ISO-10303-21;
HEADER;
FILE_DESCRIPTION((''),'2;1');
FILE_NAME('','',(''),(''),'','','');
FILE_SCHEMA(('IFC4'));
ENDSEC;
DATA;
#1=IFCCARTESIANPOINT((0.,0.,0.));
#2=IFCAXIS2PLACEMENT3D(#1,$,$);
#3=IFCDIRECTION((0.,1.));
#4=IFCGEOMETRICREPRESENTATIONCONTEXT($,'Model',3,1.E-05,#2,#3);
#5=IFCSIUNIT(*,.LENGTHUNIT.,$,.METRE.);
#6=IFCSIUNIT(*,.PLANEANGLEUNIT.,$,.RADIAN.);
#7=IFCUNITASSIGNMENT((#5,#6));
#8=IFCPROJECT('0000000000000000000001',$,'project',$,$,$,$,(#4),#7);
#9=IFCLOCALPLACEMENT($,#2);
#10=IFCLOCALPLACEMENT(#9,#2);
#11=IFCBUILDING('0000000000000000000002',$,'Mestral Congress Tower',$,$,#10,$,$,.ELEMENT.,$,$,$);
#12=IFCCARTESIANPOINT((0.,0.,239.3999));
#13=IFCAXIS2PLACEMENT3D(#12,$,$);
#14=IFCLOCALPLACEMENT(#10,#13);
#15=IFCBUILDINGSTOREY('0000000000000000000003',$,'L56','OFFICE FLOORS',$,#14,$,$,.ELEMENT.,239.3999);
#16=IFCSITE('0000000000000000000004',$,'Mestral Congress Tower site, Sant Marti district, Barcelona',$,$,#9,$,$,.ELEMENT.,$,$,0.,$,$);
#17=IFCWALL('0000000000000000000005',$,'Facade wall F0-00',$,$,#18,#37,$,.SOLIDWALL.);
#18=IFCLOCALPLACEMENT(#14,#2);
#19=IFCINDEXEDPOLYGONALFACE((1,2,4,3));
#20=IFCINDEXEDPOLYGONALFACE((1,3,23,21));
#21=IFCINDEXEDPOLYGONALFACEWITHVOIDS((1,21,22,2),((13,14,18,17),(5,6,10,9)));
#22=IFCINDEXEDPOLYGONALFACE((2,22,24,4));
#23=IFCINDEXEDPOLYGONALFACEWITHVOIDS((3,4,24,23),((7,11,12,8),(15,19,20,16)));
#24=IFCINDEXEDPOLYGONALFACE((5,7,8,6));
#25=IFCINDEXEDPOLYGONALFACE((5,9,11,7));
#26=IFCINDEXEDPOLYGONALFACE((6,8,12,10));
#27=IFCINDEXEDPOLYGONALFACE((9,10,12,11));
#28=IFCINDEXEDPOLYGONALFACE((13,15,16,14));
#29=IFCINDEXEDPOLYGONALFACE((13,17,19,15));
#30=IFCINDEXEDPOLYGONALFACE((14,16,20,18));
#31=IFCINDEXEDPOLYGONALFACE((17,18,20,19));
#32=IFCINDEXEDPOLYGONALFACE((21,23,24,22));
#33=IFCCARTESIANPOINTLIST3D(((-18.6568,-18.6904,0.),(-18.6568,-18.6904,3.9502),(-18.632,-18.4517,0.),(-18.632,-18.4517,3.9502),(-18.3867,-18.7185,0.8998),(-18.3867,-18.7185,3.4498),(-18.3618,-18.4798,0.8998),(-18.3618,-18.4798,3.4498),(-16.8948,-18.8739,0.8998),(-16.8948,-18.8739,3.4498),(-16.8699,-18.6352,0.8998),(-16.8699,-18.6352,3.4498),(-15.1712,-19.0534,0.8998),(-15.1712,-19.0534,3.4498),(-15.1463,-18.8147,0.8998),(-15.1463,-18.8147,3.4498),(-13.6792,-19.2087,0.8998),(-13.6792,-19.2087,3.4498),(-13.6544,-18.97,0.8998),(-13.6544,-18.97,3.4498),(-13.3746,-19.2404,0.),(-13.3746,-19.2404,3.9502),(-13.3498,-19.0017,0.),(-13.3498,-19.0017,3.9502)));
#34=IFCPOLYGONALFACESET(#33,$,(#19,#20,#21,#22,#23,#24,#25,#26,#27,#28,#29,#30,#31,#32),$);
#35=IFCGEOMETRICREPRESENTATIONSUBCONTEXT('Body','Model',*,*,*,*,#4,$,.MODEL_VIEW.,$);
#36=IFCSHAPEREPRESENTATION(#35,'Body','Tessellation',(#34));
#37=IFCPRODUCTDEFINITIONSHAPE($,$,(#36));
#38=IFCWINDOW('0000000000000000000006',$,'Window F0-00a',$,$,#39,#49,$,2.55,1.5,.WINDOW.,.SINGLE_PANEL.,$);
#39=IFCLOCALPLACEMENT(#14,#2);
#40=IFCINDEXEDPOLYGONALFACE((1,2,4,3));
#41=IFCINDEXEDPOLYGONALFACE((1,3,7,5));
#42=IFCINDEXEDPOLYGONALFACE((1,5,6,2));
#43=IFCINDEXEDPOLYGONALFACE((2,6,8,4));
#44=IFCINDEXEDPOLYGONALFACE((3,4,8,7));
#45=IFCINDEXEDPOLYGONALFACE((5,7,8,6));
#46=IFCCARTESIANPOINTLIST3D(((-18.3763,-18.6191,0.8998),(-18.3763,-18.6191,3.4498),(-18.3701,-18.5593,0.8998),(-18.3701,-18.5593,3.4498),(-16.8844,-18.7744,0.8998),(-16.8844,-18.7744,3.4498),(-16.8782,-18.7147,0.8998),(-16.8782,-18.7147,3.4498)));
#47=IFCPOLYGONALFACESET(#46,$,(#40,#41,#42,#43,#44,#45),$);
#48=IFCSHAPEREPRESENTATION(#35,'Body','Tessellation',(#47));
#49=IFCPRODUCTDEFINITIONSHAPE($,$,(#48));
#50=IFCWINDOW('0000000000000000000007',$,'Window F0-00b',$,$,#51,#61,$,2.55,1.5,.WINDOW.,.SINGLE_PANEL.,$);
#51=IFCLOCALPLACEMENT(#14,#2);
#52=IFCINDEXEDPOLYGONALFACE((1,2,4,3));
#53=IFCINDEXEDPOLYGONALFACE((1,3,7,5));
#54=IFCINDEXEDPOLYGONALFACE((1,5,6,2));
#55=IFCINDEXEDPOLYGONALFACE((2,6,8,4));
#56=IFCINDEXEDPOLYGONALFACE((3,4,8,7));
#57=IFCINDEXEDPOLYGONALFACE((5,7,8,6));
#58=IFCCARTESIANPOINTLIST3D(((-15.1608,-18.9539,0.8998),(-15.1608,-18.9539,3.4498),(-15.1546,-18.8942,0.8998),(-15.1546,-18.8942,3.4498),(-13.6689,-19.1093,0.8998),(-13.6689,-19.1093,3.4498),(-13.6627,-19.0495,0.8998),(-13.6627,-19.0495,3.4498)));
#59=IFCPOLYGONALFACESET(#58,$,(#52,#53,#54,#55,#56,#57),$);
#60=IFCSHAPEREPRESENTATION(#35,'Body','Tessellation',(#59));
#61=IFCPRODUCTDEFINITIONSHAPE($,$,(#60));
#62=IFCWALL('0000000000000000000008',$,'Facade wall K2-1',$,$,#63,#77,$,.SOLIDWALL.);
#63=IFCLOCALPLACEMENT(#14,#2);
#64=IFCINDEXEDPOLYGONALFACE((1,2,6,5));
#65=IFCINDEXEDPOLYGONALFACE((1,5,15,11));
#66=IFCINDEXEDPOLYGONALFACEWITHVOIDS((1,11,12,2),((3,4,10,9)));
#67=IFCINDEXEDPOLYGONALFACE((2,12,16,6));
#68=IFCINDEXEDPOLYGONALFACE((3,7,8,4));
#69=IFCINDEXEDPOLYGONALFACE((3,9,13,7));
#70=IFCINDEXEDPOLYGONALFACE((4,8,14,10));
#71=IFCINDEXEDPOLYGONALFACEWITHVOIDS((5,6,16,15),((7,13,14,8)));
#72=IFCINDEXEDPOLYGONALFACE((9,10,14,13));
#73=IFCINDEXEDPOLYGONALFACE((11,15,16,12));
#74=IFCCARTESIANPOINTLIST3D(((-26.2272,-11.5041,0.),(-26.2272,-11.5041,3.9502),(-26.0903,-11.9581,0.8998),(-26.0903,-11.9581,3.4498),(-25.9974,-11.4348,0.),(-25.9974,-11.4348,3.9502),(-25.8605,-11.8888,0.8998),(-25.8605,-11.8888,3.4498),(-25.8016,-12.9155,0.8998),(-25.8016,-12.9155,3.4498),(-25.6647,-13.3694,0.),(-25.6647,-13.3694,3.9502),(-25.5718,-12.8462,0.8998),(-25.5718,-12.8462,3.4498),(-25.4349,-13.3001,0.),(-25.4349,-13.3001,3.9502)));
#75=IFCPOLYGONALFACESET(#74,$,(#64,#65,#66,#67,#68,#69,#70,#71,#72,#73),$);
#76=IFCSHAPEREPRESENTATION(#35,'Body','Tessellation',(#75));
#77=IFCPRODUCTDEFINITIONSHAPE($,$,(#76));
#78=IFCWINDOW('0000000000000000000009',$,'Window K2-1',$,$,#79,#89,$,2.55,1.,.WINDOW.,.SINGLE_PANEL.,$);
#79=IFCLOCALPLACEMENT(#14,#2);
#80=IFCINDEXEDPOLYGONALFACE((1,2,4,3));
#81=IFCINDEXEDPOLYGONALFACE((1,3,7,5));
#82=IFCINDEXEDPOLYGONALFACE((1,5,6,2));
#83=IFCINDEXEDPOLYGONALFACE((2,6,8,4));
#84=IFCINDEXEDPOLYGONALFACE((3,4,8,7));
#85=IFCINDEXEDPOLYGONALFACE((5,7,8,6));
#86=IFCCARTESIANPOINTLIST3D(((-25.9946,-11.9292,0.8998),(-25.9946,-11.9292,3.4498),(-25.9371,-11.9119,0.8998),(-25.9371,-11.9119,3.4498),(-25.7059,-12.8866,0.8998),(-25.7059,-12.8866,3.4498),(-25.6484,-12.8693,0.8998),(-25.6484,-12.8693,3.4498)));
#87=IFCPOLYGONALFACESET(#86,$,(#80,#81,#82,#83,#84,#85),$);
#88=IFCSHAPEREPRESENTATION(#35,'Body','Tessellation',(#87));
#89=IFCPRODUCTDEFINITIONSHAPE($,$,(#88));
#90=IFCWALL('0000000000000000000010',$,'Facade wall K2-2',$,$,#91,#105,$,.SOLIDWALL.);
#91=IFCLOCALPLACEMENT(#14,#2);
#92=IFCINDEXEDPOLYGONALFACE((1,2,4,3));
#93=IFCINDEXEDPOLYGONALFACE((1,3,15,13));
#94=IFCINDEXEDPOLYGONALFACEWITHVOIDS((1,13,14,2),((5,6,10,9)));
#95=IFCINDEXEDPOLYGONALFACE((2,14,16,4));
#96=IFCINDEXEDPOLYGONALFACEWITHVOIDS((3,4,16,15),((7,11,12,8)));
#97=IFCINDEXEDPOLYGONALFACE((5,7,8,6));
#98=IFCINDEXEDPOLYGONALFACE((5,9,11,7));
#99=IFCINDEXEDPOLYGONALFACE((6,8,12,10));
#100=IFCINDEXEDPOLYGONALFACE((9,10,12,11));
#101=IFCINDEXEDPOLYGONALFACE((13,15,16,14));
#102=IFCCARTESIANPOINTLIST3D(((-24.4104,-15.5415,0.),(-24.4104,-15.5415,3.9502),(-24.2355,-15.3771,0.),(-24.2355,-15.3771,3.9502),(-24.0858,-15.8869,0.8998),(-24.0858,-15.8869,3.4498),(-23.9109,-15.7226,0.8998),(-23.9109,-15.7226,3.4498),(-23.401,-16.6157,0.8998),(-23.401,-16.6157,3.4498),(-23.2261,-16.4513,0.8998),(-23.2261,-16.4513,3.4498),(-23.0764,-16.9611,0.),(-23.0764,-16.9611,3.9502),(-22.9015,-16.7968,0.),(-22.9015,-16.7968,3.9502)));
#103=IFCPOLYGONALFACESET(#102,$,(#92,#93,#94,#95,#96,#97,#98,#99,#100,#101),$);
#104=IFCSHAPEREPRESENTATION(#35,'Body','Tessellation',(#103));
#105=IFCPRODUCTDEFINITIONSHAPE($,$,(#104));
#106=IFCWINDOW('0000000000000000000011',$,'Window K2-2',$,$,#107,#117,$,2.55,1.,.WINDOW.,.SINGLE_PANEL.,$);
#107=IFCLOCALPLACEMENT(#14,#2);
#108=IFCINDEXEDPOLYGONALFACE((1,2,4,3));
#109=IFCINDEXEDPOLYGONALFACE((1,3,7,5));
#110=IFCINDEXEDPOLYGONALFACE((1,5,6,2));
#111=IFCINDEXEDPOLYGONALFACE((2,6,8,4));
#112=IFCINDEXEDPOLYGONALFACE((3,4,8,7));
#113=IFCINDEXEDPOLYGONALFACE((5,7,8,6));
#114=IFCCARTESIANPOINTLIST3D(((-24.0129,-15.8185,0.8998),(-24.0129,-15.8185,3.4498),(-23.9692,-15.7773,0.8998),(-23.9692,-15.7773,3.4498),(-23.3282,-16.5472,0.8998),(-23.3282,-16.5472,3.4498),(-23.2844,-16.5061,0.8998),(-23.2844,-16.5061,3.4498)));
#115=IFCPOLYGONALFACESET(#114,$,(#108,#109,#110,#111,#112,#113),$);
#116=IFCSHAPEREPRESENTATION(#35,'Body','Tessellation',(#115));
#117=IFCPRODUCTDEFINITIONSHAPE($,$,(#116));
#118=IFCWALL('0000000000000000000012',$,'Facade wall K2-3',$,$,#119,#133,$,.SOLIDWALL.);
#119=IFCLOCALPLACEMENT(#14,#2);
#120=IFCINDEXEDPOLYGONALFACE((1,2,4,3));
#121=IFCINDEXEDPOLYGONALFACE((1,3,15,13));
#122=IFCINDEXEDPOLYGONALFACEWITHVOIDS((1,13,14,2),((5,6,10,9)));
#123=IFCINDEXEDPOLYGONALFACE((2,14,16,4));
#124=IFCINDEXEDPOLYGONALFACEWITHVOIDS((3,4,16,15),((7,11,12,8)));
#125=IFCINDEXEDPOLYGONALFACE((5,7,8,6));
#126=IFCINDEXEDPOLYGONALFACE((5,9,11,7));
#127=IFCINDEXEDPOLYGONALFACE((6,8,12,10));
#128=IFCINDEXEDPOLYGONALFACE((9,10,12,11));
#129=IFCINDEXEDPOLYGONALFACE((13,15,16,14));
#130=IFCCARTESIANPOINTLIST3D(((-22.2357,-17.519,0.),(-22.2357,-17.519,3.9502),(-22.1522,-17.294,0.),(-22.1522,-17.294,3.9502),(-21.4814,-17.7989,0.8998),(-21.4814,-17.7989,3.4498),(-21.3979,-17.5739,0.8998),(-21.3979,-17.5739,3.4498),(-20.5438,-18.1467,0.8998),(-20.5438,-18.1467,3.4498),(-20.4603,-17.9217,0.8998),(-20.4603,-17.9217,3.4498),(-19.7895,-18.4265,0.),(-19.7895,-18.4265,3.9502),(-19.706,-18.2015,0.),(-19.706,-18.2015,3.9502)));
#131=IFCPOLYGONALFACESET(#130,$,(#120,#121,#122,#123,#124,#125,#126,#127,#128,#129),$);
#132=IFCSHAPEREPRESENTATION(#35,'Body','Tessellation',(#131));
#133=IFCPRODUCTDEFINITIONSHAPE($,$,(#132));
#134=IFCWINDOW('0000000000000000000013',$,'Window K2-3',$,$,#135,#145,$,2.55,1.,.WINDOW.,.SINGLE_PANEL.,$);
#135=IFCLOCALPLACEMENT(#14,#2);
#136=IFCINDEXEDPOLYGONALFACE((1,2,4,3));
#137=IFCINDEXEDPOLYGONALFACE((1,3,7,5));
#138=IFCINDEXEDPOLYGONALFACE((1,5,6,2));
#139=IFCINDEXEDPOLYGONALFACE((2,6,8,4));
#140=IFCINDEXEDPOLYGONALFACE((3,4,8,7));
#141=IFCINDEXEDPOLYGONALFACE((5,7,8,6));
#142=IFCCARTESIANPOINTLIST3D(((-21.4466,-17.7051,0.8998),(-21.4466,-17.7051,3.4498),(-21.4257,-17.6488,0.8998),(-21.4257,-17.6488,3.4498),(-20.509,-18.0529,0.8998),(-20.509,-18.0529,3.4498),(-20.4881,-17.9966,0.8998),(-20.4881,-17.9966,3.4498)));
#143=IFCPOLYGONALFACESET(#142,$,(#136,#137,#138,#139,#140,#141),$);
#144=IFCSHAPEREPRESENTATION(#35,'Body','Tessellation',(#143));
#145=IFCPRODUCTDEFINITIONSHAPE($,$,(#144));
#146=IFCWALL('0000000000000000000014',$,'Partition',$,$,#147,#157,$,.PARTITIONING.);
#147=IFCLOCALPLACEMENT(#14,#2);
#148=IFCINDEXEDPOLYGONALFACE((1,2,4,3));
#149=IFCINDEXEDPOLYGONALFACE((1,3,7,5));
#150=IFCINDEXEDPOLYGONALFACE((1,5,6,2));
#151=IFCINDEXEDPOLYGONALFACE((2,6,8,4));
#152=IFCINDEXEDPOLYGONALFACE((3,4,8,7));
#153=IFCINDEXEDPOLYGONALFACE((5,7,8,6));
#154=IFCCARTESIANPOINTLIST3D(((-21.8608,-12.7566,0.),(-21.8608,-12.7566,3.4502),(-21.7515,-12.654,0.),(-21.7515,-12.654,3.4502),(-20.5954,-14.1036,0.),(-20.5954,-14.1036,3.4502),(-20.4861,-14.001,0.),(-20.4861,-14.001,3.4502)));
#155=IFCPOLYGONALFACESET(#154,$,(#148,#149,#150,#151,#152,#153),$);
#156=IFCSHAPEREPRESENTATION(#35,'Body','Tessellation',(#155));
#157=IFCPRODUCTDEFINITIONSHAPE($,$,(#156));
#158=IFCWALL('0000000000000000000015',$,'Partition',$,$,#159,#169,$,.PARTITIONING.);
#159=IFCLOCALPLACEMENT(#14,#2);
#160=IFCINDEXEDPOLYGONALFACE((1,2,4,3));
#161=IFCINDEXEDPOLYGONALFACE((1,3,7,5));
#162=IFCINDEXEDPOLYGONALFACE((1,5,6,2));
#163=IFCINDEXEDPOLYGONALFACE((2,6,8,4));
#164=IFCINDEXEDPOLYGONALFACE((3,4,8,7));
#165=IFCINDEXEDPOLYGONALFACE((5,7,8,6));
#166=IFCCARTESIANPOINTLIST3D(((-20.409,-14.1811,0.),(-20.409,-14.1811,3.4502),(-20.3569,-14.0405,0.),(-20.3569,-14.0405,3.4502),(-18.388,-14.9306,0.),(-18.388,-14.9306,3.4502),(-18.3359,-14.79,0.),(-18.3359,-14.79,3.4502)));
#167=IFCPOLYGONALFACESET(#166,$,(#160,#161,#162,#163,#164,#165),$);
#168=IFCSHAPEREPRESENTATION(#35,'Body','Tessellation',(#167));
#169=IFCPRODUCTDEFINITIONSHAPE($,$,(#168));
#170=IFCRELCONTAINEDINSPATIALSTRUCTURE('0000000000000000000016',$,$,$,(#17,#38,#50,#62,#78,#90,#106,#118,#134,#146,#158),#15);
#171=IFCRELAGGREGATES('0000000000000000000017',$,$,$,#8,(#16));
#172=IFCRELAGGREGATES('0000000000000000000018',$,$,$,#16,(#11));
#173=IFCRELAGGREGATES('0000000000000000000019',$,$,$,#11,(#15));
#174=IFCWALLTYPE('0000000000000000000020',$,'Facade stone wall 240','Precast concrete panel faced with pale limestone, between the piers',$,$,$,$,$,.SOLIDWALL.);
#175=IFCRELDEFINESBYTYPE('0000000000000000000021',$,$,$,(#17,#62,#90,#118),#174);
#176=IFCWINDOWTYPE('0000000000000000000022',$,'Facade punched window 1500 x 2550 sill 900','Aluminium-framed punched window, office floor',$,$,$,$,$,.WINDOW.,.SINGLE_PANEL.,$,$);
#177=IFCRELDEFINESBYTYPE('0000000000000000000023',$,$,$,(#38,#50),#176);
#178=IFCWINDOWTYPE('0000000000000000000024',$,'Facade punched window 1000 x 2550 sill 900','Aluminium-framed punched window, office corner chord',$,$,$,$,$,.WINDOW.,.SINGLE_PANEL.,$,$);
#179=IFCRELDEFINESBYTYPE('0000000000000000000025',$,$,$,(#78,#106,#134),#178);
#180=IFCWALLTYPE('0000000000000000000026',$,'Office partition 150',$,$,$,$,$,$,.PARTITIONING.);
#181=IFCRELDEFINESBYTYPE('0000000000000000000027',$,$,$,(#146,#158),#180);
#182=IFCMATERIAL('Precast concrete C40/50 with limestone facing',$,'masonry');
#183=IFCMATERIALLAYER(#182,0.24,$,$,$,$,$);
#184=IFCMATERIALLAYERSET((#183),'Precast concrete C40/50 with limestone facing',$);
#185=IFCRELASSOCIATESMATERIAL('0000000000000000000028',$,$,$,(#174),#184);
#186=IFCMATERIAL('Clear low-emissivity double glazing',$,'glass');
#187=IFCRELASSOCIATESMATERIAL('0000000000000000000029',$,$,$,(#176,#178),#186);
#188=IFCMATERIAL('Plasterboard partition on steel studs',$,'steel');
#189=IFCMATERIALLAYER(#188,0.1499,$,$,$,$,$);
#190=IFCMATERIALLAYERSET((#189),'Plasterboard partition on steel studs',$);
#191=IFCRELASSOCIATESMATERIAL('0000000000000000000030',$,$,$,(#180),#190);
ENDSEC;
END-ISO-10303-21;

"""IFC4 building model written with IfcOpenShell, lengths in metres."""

from ifc_helpers import new_model, si_unit, direction, frame, frame_2d, origin, place, context, subcontext, project, spatial, rectangle, extrude, material, layer, layer_set, type_object, element, fill, save


model = new_model("IFC4")

# Units and contexts
model_context = context("Model", 3, precision=1e-05, world=origin(), true_north=direction((0.0, 1.0)))
body_context = subcontext(model_context, "Body", "Model", "MODEL_VIEW")
ifc_project = project(units=[si_unit("LENGTHUNIT", "METRE"), si_unit("PLANEANGLEUNIT", "RADIAN")], contexts=[model_context])

# Site, building, storey
site_placement = place(None, origin())
site = spatial("IfcSite", under=ifc_project, at=site_placement, Name="Mestral Congress Tower site, Sant Marti district, Barcelona", CompositionType="ELEMENT", RefElevation=0.0)
building_placement = place(site_placement, origin())
building = spatial("IfcBuilding", under=site, at=building_placement, Name="Mestral Congress Tower", CompositionType="ELEMENT")
storey_placement = place(building_placement, frame((0.0, 0.0, 239.3999)))
storey = spatial("IfcBuildingStorey", under=building, at=storey_placement, Name="L56", Description="OFFICE FLOORS", CompositionType="ELEMENT", Elevation=239.3999)

# Wall, openings, windows
ifc_material_1 = material(Name="Precast concrete C40/50 with limestone facing", Category="masonry")
ifc_layer_1 = layer(ifc_material_1, 0.24)
ifc_layer_set_1 = layer_set([ifc_layer_1], Name="Precast concrete C40/50 with limestone facing")
wall_type_1 = type_object("IfcWallType", Name="Facade stone wall 240", Description="Precast concrete panel faced with pale limestone, between the piers", PredefinedType="SOLIDWALL", material=ifc_layer_set_1)
wall_1_placement = place(storey_placement, frame((-18.6443, -18.571, 0.0), z_axis=(0.0, 0.0, 1.0), x_axis=(0.994622, -0.103572, 0.0)))
wall_1 = element("IfcWall", 1, at=wall_1_placement, inside=storey, type_object=wall_type_1, Name="Facade wall F0-00", PredefinedType="SOLIDWALL", context=body_context, shape_type="SweptSolid", body=[
    extrude(rectangle(XDim=5.3108, YDim=0.24, at=frame_2d((2.6553, 0.0))), origin(), (0.0, 0.0, 1.0), 3.9502),
])
opening_1_placement = place(wall_1_placement, frame((0.2715, 0.0, 0.8999)))
opening_1 = element("IfcOpeningElement", 2, at=opening_1_placement, cuts=wall_1, PredefinedType="OPENING", context=body_context, shape_type="SweptSolid", body=[
    extrude(rectangle(XDim=1.5, YDim=2.55, at=frame_2d((0.75, 1.2749))), frame((0.0, 0.1299, 0.0), z_axis=(0.0, -1.0, 0.0), x_axis=(1.0, 0.0, 0.0)), (0.0, 0.0, 1.0), 0.26),
])
opening_2_placement = place(wall_1_placement, frame((3.5044, 0.0, 0.8999)))
opening_2 = element("IfcOpeningElement", 3, at=opening_2_placement, cuts=wall_1, PredefinedType="OPENING", context=body_context, shape_type="SweptSolid", body=[
    extrude(rectangle(XDim=1.5, YDim=2.55, at=frame_2d((0.75, 1.2749))), frame((0.0, 0.1299, 0.0), z_axis=(0.0, -1.0, 0.0), x_axis=(1.0, 0.0, 0.0)), (0.0, 0.0, 1.0), 0.26),
])
ifc_material_2 = material(Name="Clear low-emissivity double glazing", Category="glass")
window_type_1 = type_object("IfcWindowType", Name="Facade punched window 1500 x 2550 sill 900", Description="Aluminium-framed punched window, office floor", PartitioningType="SINGLE_PANEL", PredefinedType="WINDOW", material=ifc_material_2)
window_1_placement = place(opening_1_placement, origin())
window_1 = element("IfcWindow", 4, at=window_1_placement, inside=storey, type_object=window_type_1, Name="Window F0-00a", OverallHeight=2.55, OverallWidth=1.5, PartitioningType="SINGLE_PANEL", PredefinedType="WINDOW", context=body_context, shape_type="SweptSolid", body=[
    extrude(rectangle(XDim=1.5, YDim=2.55, at=frame_2d((0.75, 1.2749))), frame((0.0, 0.04, 0.0), z_axis=(0.0, -1.0, 0.0), x_axis=(1.0, 0.0, 0.0)), (0.0, 0.0, 1.0), 0.0601),
])
fill(opening_1, window_1)
window_2_placement = place(opening_2_placement, origin())
window_2 = element("IfcWindow", 5, at=window_2_placement, inside=storey, type_object=window_type_1, Name="Window F0-00b", OverallHeight=2.55, OverallWidth=1.5, PartitioningType="SINGLE_PANEL", PredefinedType="WINDOW", context=body_context, shape_type="SweptSolid", body=[
    extrude(rectangle(XDim=1.5, YDim=2.55, at=frame_2d((0.75, 1.2749))), frame((0.0, 0.04, 0.0), z_axis=(0.0, -1.0, 0.0), x_axis=(1.0, 0.0, 0.0)), (0.0, 0.0, 1.0), 0.0601),
])
fill(opening_2, window_2)

# Walls, openings, windows
wall_2_placement = place(storey_placement, frame((-26.1123, -11.4695, 0.0), z_axis=(0.0, 0.0, 1.0), x_axis=(0.288727, -0.957411, 0.0)))
wall_2 = element("IfcWall", 6, at=wall_2_placement, inside=storey, type_object=wall_type_1, Name="Facade wall K2-1", PredefinedType="SOLIDWALL", context=body_context, shape_type="SweptSolid", body=[
    extrude(rectangle(XDim=1.9482, YDim=0.24, at=frame_2d((0.9741, 0.0))), origin(), (0.0, 0.0, 1.0), 3.9502),
])
opening_3_placement = place(wall_2_placement, frame((0.4741, 0.0, 0.8999)))
opening_3 = element("IfcOpeningElement", 7, at=opening_3_placement, cuts=wall_2, PredefinedType="OPENING", context=body_context, shape_type="SweptSolid", body=[
    extrude(rectangle(XDim=1.0, YDim=2.55, at=frame_2d((0.5, 1.2749))), frame((0.0, 0.1299, 0.0), z_axis=(0.0, -1.0, 0.0), x_axis=(1.0, 0.0, 0.0)), (0.0, 0.0, 1.0), 0.26),
])
window_type_2 = type_object("IfcWindowType", Name="Facade punched window 1000 x 2550 sill 900", Description="Aluminium-framed punched window, office corner chord", PartitioningType="SINGLE_PANEL", PredefinedType="WINDOW", material=ifc_material_2)
window_3_placement = place(opening_3_placement, origin())
window_3 = element("IfcWindow", 8, at=window_3_placement, inside=storey, type_object=window_type_2, Name="Window K2-1", OverallHeight=2.55, OverallWidth=1.0, PartitioningType="SINGLE_PANEL", PredefinedType="WINDOW", context=body_context, shape_type="SweptSolid", body=[
    extrude(rectangle(XDim=1.0, YDim=2.55, at=frame_2d((0.5, 1.2749))), frame((0.0, 0.04, 0.0), z_axis=(0.0, -1.0, 0.0), x_axis=(1.0, 0.0, 0.0)), (0.0, 0.0, 1.0), 0.0601),
])
fill(opening_3, window_3)
wall_3_placement = place(storey_placement, frame((-24.323, -15.4592, 0.0), z_axis=(0.0, 0.0, 1.0), x_axis=(0.68477, -0.728759, 0.0)))
wall_3 = element("IfcWall", 9, at=wall_3_placement, inside=storey, type_object=wall_type_1, Name="Facade wall K2-2", PredefinedType="SOLIDWALL", context=body_context, shape_type="SweptSolid", body=[
    extrude(rectangle(XDim=1.948, YDim=0.24, at=frame_2d((0.9741, 0.0))), origin(), (0.0, 0.0, 1.0), 3.9502),
])
opening_4_placement = place(wall_3_placement, frame((0.4741, 0.0, 0.8999)))
opening_4 = element("IfcOpeningElement", 10, at=opening_4_placement, cuts=wall_3, PredefinedType="OPENING", context=body_context, shape_type="SweptSolid", body=[
    extrude(rectangle(XDim=1.0, YDim=2.55, at=frame_2d((0.5, 1.2749))), frame((0.0, 0.1299, 0.0), z_axis=(0.0, -1.0, 0.0), x_axis=(1.0, 0.0, 0.0)), (0.0, 0.0, 1.0), 0.26),
])
window_4_placement = place(opening_4_placement, origin())
window_4 = element("IfcWindow", 11, at=window_4_placement, inside=storey, type_object=window_type_2, Name="Window K2-2", OverallHeight=2.55, OverallWidth=1.0, PartitioningType="SINGLE_PANEL", PredefinedType="WINDOW", context=body_context, shape_type="SweptSolid", body=[
    extrude(rectangle(XDim=1.0, YDim=2.55, at=frame_2d((0.5, 1.2749))), frame((0.0, 0.04, 0.0), z_axis=(0.0, -1.0, 0.0), x_axis=(1.0, 0.0, 0.0)), (0.0, 0.0, 1.0), 0.0601),
])
fill(opening_4, window_4)
wall_4_placement = place(storey_placement, frame((-22.1941, -17.4065, 0.0), z_axis=(0.0, 0.0, 1.0), x_axis=(0.937569, -0.347799, 0.0)))
wall_4 = element("IfcWall", 12, at=wall_4_placement, inside=storey, type_object=wall_type_1, Name="Facade wall K2-3", PredefinedType="SOLIDWALL", context=body_context, shape_type="SweptSolid", body=[
    extrude(rectangle(XDim=2.6091, YDim=0.24, at=frame_2d((1.3047, 0.0))), origin(), (0.0, 0.0, 1.0), 3.9502),
])
opening_5_placement = place(wall_4_placement, frame((0.8047, 0.0, 0.8999)))
opening_5 = element("IfcOpeningElement", 13, at=opening_5_placement, cuts=wall_4, PredefinedType="OPENING", context=body_context, shape_type="SweptSolid", body=[
    extrude(rectangle(XDim=1.0, YDim=2.55, at=frame_2d((0.5, 1.2749))), frame((0.0, 0.1299, 0.0), z_axis=(0.0, -1.0, 0.0), x_axis=(1.0, 0.0, 0.0)), (0.0, 0.0, 1.0), 0.26),
])
window_5_placement = place(opening_5_placement, origin())
window_5 = element("IfcWindow", 14, at=window_5_placement, inside=storey, type_object=window_type_2, Name="Window K2-3", OverallHeight=2.55, OverallWidth=1.0, PartitioningType="SINGLE_PANEL", PredefinedType="WINDOW", context=body_context, shape_type="SweptSolid", body=[
    extrude(rectangle(XDim=1.0, YDim=2.55, at=frame_2d((0.5, 1.2749))), frame((0.0, 0.04, 0.0), z_axis=(0.0, -1.0, 0.0), x_axis=(1.0, 0.0, 0.0)), (0.0, 0.0, 1.0), 0.0601),
])
fill(opening_5, window_5)

# Walls
ifc_material_3 = material(Name="Plasterboard partition on steel studs", Category="steel")
ifc_layer_2 = layer(ifc_material_3, 0.1499)
ifc_layer_set_2 = layer_set([ifc_layer_2], Name="Plasterboard partition on steel studs")
wall_type_2 = type_object("IfcWallType", Name="Office partition 150", PredefinedType="PARTITIONING", material=ifc_layer_set_2)
wall_5_placement = place(storey_placement, frame((-21.8062, -12.7053, 0.0), z_axis=(0.0, 0.0, 1.0), x_axis=(0.684701, -0.728824, 0.0)))
element("IfcWall", 15, at=wall_5_placement, inside=storey, type_object=wall_type_2, Name="Partition", PredefinedType="PARTITIONING", context=body_context, shape_type="SweptSolid", body=[
    extrude(rectangle(XDim=1.8481, YDim=0.1499, at=frame_2d((0.9241, 0.0))), origin(), (0.0, 0.0, 1.0), 3.4502),
])
wall_6_placement = place(storey_placement, frame((-20.3828, -14.1108, 0.0), z_axis=(0.0, 0.0, 1.0), x_axis=(0.937598, -0.34772, 0.0)))
element("IfcWall", 16, at=wall_6_placement, inside=storey, type_object=wall_type_2, Name="Partition", PredefinedType="PARTITIONING", context=body_context, shape_type="SweptSolid", body=[
    extrude(rectangle(XDim=2.1555, YDim=0.1499, at=frame_2d((1.0776, 0.0))), origin(), (0.0, 0.0, 1.0), 3.4502),
])

save(model, "model.ifc")
